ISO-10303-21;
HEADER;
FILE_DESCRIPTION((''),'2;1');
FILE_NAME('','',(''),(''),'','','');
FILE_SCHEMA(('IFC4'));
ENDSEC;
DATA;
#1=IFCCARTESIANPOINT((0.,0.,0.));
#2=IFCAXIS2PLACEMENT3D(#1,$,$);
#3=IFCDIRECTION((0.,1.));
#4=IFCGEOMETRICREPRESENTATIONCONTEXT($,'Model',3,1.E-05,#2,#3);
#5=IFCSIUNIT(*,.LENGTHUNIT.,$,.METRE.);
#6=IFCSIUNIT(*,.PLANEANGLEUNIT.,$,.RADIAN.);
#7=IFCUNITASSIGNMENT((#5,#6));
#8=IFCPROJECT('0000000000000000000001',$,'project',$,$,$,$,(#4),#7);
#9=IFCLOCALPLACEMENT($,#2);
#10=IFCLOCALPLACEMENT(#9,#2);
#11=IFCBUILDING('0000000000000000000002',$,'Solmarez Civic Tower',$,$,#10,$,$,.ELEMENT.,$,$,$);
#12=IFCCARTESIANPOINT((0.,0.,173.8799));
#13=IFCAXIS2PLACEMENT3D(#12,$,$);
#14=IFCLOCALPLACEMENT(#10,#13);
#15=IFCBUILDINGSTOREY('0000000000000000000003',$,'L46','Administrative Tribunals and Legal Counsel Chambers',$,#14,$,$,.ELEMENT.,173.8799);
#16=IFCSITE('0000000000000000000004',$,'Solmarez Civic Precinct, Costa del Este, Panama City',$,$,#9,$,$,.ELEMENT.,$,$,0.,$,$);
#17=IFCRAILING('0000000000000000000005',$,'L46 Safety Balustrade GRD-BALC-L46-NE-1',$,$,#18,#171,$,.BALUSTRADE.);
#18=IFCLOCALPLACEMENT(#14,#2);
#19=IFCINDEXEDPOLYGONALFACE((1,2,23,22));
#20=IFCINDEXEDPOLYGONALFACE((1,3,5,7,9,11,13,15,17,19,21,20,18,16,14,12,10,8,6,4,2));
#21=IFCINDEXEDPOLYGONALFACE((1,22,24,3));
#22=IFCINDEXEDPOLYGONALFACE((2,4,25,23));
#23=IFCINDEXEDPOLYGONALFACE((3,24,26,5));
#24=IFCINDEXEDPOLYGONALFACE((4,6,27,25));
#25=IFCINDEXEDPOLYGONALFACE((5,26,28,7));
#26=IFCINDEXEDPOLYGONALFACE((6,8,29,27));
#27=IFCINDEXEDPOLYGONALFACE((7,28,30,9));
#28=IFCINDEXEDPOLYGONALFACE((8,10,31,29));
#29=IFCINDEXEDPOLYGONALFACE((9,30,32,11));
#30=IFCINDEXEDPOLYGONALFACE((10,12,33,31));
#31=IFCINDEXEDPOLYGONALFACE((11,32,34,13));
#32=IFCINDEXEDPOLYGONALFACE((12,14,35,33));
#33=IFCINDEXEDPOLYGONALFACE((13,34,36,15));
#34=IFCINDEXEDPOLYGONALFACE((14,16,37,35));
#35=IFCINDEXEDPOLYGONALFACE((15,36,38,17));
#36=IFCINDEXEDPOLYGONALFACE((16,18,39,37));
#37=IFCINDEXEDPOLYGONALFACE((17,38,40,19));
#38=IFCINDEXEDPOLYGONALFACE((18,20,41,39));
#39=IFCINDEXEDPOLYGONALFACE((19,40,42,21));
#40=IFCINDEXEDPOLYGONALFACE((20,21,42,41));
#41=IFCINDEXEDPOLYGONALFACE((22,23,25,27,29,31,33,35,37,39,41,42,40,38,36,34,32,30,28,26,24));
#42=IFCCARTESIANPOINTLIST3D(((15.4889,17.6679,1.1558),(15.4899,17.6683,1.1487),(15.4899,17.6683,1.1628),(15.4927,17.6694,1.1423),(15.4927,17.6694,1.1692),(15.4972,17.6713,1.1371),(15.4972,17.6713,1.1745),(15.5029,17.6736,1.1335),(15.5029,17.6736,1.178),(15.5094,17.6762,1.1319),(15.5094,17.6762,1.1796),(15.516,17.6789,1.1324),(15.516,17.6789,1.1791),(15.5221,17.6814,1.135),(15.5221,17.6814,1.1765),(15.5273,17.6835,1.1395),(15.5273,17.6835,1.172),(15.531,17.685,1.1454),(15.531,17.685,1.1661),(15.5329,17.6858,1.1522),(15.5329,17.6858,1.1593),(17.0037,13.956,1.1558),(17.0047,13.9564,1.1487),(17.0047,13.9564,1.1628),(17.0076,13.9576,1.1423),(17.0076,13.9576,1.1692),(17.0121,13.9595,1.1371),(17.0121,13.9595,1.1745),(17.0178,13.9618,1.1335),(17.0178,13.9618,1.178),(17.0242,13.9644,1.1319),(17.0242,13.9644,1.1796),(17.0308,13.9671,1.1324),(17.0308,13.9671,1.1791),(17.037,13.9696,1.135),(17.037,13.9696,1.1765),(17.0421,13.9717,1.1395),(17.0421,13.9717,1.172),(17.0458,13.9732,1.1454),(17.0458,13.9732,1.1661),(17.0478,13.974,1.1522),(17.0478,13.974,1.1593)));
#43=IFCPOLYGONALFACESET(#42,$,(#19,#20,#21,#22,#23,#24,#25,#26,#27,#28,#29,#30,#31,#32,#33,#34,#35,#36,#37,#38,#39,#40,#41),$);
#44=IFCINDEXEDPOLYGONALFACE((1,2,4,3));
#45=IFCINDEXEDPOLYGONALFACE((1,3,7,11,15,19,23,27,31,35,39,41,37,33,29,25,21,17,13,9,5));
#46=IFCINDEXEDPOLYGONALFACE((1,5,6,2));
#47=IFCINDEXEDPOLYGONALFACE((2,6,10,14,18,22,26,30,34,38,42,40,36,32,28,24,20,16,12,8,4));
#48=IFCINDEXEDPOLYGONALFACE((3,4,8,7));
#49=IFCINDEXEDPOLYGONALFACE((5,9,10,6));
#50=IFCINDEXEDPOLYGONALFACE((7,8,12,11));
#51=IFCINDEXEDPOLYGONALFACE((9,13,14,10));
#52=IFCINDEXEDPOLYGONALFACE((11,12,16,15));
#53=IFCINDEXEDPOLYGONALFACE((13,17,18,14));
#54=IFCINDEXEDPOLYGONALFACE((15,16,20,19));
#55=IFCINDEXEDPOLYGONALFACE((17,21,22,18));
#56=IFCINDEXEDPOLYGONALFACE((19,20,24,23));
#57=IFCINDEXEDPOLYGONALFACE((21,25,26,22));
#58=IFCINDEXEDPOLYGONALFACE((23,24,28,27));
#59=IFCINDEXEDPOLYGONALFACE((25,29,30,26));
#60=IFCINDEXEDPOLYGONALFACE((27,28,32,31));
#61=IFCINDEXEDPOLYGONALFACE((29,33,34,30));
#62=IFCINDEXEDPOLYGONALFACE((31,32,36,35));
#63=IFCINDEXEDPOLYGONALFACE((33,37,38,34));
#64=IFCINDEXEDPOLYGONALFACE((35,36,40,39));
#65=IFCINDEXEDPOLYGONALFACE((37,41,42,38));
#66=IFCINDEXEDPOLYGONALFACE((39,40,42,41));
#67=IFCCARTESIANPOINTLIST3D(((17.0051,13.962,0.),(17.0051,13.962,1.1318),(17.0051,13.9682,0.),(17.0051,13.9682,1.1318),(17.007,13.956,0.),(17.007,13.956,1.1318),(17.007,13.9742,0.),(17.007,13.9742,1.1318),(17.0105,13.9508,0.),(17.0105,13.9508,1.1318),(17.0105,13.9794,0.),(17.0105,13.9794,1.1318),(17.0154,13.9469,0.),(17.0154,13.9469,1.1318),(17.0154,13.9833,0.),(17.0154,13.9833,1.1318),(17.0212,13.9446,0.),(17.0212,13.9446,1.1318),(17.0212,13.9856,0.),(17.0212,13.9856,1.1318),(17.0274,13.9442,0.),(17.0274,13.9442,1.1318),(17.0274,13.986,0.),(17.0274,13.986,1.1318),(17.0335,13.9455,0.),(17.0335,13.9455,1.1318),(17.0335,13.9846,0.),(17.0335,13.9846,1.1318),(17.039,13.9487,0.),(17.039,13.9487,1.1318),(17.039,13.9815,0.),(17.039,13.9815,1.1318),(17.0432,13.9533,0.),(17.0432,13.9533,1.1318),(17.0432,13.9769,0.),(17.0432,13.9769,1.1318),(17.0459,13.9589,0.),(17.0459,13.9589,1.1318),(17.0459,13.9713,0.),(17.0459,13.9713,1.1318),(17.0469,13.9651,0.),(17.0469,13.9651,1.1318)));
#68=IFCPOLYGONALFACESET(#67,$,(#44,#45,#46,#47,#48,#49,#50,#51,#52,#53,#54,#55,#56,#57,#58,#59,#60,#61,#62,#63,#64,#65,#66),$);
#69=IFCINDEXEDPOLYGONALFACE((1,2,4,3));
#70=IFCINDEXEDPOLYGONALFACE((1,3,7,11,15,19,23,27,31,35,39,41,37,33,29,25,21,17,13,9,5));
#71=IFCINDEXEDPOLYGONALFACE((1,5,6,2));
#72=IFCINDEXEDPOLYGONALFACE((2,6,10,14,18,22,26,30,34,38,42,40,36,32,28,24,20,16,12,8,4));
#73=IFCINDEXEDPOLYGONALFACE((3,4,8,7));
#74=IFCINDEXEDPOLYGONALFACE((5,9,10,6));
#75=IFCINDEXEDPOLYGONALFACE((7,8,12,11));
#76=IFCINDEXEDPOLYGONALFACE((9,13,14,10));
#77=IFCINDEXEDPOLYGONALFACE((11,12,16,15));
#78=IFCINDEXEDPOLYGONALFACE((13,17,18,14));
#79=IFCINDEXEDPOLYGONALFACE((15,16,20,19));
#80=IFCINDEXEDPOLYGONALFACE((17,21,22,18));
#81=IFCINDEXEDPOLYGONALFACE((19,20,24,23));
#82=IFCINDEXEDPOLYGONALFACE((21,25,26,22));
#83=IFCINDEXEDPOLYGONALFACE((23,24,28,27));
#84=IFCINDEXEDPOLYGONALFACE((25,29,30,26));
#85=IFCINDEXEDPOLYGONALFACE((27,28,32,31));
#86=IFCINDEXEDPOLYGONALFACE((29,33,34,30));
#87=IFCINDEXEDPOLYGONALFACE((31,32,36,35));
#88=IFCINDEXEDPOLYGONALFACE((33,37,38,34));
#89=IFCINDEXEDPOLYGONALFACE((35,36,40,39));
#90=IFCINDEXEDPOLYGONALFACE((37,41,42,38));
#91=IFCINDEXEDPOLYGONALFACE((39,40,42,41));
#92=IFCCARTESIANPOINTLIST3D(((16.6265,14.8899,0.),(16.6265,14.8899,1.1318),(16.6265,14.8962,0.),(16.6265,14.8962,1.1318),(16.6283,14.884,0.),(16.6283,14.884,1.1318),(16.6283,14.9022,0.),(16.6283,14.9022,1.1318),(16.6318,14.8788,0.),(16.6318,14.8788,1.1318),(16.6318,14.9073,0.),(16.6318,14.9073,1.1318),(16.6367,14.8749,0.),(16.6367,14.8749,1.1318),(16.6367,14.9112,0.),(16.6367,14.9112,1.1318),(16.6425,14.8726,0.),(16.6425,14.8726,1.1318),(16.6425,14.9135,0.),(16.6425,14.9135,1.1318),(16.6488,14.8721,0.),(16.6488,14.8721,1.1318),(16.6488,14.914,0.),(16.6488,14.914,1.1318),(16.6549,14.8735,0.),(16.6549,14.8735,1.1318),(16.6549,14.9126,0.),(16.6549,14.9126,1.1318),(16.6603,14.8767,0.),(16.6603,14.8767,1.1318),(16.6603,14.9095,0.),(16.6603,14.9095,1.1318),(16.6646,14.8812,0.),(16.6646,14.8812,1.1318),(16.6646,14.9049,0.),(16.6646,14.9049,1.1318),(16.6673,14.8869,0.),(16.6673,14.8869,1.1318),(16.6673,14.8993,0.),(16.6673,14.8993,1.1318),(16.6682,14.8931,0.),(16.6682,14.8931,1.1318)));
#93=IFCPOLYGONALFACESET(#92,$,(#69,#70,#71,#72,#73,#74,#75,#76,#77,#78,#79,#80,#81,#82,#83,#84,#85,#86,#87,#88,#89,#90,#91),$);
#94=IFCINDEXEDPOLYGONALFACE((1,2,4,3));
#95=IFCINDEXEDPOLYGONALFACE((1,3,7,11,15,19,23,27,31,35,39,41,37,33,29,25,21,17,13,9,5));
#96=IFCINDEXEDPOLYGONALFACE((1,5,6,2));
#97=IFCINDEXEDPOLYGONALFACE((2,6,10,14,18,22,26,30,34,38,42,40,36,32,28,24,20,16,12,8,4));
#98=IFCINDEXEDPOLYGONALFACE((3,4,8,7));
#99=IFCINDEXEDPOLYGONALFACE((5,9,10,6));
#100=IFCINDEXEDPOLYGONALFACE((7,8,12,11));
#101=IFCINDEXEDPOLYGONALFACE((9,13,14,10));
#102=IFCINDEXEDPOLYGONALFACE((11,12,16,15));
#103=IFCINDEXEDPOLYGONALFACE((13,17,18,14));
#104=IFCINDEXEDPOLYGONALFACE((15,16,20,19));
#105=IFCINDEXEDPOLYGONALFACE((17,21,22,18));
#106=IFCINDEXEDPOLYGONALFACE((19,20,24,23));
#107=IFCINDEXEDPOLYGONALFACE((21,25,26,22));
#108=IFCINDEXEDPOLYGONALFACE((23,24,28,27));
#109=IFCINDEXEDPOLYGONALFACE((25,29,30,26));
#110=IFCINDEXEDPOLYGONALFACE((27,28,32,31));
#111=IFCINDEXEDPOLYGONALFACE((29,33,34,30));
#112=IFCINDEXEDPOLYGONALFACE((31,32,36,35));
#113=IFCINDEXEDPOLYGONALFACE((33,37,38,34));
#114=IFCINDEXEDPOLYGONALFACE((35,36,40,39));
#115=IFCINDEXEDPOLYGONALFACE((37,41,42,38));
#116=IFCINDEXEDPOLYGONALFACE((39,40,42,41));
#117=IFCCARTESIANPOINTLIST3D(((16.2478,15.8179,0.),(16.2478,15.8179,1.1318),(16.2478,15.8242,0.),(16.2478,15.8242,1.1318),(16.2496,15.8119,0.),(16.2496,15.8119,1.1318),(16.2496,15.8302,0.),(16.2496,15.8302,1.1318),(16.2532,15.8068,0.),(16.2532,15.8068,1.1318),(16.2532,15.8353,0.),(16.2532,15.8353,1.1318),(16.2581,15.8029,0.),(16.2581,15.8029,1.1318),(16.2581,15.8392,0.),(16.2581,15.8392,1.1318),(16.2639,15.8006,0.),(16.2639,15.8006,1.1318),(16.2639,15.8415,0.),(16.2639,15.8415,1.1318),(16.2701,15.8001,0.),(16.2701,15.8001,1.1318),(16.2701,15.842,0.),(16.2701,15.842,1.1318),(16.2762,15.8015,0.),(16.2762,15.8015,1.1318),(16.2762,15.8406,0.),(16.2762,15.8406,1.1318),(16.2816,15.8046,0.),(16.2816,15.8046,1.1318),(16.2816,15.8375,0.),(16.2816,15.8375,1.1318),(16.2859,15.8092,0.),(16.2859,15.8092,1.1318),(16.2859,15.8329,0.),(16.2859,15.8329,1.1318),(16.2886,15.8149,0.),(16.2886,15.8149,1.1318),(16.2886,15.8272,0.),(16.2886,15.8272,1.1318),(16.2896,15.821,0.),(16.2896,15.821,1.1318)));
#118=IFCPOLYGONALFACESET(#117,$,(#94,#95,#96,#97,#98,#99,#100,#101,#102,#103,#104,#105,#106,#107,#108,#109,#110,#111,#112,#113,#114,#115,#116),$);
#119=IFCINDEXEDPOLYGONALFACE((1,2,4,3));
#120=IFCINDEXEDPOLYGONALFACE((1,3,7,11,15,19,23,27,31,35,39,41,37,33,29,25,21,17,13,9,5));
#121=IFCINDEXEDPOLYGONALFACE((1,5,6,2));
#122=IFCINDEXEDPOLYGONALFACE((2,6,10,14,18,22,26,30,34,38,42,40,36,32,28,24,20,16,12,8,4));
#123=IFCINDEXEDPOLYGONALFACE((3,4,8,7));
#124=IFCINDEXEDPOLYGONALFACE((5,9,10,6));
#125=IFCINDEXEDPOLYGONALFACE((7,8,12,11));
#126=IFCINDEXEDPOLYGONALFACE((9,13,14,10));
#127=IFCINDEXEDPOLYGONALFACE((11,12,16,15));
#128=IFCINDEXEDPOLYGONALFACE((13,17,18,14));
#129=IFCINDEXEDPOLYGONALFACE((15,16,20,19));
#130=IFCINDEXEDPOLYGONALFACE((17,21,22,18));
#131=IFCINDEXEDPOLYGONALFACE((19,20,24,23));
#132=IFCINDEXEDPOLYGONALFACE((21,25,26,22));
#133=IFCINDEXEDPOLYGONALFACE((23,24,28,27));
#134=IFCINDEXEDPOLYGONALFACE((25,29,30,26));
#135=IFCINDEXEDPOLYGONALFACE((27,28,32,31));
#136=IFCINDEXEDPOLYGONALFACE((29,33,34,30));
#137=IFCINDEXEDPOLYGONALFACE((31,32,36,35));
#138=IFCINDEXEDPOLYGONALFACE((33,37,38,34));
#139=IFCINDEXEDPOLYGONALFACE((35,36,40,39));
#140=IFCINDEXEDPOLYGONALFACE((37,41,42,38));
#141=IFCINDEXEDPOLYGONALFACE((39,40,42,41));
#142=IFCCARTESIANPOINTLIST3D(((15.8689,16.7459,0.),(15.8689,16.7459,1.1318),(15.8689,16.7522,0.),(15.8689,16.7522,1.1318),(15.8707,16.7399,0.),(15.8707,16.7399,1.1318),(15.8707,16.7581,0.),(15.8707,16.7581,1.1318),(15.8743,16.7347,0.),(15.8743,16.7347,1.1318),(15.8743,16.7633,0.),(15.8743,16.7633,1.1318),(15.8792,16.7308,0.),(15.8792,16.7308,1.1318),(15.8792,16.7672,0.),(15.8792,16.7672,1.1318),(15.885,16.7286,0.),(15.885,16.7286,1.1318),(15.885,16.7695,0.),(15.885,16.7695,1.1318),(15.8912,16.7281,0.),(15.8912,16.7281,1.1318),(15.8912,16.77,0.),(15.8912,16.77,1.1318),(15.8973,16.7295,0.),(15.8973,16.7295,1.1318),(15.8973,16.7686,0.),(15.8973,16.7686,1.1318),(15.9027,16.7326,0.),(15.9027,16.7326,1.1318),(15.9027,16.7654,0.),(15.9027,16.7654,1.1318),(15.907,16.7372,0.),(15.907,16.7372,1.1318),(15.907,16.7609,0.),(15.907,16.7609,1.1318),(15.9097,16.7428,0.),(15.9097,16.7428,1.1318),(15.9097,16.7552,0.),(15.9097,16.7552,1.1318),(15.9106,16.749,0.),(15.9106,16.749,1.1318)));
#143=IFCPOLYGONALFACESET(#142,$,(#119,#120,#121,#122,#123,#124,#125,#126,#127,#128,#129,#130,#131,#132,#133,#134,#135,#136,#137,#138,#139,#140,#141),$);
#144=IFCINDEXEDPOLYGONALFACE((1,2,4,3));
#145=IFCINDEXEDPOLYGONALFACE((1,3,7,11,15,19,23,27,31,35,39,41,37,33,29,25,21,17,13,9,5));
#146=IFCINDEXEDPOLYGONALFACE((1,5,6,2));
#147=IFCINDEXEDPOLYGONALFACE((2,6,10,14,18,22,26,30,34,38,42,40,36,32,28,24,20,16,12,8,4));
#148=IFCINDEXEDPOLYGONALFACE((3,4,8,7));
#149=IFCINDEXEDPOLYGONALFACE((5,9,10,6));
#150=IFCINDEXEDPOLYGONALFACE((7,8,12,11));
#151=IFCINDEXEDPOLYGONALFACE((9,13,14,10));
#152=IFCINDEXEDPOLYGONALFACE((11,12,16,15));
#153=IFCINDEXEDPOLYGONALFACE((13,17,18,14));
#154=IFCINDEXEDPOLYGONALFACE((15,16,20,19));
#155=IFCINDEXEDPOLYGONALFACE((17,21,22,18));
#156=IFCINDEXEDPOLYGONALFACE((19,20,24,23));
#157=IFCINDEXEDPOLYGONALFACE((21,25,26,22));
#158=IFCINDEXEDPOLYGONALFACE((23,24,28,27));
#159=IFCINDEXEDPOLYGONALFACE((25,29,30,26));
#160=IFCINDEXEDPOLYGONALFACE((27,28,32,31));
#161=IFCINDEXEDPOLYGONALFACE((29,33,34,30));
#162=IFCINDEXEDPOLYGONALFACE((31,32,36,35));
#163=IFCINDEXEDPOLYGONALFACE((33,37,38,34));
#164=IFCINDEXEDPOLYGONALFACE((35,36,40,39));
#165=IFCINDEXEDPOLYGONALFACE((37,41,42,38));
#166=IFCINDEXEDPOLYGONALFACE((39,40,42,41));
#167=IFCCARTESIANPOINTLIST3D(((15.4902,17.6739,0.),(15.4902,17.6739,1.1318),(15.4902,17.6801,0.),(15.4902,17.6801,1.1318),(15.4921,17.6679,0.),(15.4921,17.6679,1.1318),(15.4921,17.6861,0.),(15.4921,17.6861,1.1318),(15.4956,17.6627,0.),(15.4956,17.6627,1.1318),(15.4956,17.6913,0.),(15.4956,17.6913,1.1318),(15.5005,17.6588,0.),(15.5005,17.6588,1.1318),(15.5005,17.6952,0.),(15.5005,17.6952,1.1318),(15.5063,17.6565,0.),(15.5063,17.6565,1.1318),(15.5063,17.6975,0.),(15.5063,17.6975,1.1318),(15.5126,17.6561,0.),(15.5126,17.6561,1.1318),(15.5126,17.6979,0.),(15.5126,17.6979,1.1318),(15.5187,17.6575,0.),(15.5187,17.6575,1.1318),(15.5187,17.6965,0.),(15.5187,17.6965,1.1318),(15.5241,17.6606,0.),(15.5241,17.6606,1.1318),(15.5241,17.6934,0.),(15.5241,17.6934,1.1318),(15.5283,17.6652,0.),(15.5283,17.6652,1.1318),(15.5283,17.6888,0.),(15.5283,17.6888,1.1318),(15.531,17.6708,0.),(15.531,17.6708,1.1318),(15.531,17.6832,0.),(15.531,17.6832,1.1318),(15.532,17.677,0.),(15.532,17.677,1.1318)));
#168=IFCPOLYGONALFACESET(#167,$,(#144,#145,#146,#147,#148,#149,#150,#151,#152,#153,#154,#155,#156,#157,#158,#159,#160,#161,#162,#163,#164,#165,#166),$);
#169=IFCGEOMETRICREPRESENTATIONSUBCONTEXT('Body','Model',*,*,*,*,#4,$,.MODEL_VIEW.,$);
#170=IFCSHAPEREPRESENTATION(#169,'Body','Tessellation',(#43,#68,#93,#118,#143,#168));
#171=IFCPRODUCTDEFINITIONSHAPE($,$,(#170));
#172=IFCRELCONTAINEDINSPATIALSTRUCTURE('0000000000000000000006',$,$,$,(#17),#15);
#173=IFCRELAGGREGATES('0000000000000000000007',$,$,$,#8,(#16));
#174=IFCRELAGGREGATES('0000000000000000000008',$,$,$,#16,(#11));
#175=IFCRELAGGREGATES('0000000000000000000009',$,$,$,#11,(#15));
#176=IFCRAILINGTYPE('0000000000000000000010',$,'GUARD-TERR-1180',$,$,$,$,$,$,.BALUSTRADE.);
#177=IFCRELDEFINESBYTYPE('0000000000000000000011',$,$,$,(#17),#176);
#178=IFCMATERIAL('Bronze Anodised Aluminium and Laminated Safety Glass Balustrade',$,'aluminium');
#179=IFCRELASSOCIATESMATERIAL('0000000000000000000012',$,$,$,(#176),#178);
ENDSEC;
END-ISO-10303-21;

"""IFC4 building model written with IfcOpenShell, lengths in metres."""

from ifc_helpers import new_model, si_unit, direction, frame, origin, origin_2d, place, context, subcontext, project, spatial, circle, extrude, material, type_object, element, save


model = new_model("IFC4")

# Units and contexts
model_context = context("Model", 3, precision=1e-05, world=origin(), true_north=direction((0.0, 1.0)))
body_context = subcontext(model_context, "Body", "Model", "MODEL_VIEW")
ifc_project = project(units=[si_unit("LENGTHUNIT", "METRE"), si_unit("PLANEANGLEUNIT", "RADIAN")], contexts=[model_context])

# Site, building, storey
site_placement = place(None, origin())
site = spatial("IfcSite", under=ifc_project, at=site_placement, Name="Solmarez Civic Precinct, Costa del Este, Panama City", CompositionType="ELEMENT", RefElevation=0.0)
building_placement = place(site_placement, origin())
building = spatial("IfcBuilding", under=site, at=building_placement, Name="Solmarez Civic Tower", CompositionType="ELEMENT")
storey_placement = place(building_placement, frame((0.0, 0.0, 173.8799)))
storey = spatial("IfcBuildingStorey", under=building, at=storey_placement, Name="L46", Description="Administrative Tribunals and Legal Counsel Chambers", CompositionType="ELEMENT", Elevation=173.8799)

# Railing
ifc_material_1 = material(Name="Bronze Anodised Aluminium and Laminated Safety Glass Balustrade", Category="aluminium")
railing_type = type_object("IfcRailingType", Name="GUARD-TERR-1180", PredefinedType="BALUSTRADE", material=ifc_material_1)
railing_1_placement = place(storey_placement, frame((17.0259, 13.9651, 0.0)))
element("IfcRailing", 1, at=railing_1_placement, inside=storey, type_object=railing_type, Name="L46 Safety Balustrade GRD-BALC-L46-NE-1", PredefinedType="BALUSTRADE", context=body_context, shape_type="SweptSolid", body=[
    extrude(circle(Radius=0.0239, at=origin_2d()), frame((0.0, 0.0, 1.1558), z_axis=(-0.37786, 0.925863, 0.0), x_axis=(-0.925863, -0.37786, 0.0)), (0.0, 0.0, 1.0), 4.009),
    extrude(circle(Radius=0.021, at=origin_2d()), origin(), (0.0, 0.0, 1.0), 1.1318),
    extrude(circle(Radius=0.021, at=origin_2d()), frame((-0.3787, 0.928, 0.0)), (0.0, 0.0, 1.0), 1.1318),
    extrude(circle(Radius=0.021, at=origin_2d()), frame((-0.7573, 1.856, 0.0)), (0.0, 0.0, 1.0), 1.1318),
    extrude(circle(Radius=0.021, at=origin_2d()), frame((-1.1362, 2.7839, 0.0)), (0.0, 0.0, 1.0), 1.1318),
    extrude(circle(Radius=0.021, at=origin_2d()), frame((-1.5149, 3.7119, 0.0)), (0.0, 0.0, 1.0), 1.1318),
])

save(model, "model.ifc")
